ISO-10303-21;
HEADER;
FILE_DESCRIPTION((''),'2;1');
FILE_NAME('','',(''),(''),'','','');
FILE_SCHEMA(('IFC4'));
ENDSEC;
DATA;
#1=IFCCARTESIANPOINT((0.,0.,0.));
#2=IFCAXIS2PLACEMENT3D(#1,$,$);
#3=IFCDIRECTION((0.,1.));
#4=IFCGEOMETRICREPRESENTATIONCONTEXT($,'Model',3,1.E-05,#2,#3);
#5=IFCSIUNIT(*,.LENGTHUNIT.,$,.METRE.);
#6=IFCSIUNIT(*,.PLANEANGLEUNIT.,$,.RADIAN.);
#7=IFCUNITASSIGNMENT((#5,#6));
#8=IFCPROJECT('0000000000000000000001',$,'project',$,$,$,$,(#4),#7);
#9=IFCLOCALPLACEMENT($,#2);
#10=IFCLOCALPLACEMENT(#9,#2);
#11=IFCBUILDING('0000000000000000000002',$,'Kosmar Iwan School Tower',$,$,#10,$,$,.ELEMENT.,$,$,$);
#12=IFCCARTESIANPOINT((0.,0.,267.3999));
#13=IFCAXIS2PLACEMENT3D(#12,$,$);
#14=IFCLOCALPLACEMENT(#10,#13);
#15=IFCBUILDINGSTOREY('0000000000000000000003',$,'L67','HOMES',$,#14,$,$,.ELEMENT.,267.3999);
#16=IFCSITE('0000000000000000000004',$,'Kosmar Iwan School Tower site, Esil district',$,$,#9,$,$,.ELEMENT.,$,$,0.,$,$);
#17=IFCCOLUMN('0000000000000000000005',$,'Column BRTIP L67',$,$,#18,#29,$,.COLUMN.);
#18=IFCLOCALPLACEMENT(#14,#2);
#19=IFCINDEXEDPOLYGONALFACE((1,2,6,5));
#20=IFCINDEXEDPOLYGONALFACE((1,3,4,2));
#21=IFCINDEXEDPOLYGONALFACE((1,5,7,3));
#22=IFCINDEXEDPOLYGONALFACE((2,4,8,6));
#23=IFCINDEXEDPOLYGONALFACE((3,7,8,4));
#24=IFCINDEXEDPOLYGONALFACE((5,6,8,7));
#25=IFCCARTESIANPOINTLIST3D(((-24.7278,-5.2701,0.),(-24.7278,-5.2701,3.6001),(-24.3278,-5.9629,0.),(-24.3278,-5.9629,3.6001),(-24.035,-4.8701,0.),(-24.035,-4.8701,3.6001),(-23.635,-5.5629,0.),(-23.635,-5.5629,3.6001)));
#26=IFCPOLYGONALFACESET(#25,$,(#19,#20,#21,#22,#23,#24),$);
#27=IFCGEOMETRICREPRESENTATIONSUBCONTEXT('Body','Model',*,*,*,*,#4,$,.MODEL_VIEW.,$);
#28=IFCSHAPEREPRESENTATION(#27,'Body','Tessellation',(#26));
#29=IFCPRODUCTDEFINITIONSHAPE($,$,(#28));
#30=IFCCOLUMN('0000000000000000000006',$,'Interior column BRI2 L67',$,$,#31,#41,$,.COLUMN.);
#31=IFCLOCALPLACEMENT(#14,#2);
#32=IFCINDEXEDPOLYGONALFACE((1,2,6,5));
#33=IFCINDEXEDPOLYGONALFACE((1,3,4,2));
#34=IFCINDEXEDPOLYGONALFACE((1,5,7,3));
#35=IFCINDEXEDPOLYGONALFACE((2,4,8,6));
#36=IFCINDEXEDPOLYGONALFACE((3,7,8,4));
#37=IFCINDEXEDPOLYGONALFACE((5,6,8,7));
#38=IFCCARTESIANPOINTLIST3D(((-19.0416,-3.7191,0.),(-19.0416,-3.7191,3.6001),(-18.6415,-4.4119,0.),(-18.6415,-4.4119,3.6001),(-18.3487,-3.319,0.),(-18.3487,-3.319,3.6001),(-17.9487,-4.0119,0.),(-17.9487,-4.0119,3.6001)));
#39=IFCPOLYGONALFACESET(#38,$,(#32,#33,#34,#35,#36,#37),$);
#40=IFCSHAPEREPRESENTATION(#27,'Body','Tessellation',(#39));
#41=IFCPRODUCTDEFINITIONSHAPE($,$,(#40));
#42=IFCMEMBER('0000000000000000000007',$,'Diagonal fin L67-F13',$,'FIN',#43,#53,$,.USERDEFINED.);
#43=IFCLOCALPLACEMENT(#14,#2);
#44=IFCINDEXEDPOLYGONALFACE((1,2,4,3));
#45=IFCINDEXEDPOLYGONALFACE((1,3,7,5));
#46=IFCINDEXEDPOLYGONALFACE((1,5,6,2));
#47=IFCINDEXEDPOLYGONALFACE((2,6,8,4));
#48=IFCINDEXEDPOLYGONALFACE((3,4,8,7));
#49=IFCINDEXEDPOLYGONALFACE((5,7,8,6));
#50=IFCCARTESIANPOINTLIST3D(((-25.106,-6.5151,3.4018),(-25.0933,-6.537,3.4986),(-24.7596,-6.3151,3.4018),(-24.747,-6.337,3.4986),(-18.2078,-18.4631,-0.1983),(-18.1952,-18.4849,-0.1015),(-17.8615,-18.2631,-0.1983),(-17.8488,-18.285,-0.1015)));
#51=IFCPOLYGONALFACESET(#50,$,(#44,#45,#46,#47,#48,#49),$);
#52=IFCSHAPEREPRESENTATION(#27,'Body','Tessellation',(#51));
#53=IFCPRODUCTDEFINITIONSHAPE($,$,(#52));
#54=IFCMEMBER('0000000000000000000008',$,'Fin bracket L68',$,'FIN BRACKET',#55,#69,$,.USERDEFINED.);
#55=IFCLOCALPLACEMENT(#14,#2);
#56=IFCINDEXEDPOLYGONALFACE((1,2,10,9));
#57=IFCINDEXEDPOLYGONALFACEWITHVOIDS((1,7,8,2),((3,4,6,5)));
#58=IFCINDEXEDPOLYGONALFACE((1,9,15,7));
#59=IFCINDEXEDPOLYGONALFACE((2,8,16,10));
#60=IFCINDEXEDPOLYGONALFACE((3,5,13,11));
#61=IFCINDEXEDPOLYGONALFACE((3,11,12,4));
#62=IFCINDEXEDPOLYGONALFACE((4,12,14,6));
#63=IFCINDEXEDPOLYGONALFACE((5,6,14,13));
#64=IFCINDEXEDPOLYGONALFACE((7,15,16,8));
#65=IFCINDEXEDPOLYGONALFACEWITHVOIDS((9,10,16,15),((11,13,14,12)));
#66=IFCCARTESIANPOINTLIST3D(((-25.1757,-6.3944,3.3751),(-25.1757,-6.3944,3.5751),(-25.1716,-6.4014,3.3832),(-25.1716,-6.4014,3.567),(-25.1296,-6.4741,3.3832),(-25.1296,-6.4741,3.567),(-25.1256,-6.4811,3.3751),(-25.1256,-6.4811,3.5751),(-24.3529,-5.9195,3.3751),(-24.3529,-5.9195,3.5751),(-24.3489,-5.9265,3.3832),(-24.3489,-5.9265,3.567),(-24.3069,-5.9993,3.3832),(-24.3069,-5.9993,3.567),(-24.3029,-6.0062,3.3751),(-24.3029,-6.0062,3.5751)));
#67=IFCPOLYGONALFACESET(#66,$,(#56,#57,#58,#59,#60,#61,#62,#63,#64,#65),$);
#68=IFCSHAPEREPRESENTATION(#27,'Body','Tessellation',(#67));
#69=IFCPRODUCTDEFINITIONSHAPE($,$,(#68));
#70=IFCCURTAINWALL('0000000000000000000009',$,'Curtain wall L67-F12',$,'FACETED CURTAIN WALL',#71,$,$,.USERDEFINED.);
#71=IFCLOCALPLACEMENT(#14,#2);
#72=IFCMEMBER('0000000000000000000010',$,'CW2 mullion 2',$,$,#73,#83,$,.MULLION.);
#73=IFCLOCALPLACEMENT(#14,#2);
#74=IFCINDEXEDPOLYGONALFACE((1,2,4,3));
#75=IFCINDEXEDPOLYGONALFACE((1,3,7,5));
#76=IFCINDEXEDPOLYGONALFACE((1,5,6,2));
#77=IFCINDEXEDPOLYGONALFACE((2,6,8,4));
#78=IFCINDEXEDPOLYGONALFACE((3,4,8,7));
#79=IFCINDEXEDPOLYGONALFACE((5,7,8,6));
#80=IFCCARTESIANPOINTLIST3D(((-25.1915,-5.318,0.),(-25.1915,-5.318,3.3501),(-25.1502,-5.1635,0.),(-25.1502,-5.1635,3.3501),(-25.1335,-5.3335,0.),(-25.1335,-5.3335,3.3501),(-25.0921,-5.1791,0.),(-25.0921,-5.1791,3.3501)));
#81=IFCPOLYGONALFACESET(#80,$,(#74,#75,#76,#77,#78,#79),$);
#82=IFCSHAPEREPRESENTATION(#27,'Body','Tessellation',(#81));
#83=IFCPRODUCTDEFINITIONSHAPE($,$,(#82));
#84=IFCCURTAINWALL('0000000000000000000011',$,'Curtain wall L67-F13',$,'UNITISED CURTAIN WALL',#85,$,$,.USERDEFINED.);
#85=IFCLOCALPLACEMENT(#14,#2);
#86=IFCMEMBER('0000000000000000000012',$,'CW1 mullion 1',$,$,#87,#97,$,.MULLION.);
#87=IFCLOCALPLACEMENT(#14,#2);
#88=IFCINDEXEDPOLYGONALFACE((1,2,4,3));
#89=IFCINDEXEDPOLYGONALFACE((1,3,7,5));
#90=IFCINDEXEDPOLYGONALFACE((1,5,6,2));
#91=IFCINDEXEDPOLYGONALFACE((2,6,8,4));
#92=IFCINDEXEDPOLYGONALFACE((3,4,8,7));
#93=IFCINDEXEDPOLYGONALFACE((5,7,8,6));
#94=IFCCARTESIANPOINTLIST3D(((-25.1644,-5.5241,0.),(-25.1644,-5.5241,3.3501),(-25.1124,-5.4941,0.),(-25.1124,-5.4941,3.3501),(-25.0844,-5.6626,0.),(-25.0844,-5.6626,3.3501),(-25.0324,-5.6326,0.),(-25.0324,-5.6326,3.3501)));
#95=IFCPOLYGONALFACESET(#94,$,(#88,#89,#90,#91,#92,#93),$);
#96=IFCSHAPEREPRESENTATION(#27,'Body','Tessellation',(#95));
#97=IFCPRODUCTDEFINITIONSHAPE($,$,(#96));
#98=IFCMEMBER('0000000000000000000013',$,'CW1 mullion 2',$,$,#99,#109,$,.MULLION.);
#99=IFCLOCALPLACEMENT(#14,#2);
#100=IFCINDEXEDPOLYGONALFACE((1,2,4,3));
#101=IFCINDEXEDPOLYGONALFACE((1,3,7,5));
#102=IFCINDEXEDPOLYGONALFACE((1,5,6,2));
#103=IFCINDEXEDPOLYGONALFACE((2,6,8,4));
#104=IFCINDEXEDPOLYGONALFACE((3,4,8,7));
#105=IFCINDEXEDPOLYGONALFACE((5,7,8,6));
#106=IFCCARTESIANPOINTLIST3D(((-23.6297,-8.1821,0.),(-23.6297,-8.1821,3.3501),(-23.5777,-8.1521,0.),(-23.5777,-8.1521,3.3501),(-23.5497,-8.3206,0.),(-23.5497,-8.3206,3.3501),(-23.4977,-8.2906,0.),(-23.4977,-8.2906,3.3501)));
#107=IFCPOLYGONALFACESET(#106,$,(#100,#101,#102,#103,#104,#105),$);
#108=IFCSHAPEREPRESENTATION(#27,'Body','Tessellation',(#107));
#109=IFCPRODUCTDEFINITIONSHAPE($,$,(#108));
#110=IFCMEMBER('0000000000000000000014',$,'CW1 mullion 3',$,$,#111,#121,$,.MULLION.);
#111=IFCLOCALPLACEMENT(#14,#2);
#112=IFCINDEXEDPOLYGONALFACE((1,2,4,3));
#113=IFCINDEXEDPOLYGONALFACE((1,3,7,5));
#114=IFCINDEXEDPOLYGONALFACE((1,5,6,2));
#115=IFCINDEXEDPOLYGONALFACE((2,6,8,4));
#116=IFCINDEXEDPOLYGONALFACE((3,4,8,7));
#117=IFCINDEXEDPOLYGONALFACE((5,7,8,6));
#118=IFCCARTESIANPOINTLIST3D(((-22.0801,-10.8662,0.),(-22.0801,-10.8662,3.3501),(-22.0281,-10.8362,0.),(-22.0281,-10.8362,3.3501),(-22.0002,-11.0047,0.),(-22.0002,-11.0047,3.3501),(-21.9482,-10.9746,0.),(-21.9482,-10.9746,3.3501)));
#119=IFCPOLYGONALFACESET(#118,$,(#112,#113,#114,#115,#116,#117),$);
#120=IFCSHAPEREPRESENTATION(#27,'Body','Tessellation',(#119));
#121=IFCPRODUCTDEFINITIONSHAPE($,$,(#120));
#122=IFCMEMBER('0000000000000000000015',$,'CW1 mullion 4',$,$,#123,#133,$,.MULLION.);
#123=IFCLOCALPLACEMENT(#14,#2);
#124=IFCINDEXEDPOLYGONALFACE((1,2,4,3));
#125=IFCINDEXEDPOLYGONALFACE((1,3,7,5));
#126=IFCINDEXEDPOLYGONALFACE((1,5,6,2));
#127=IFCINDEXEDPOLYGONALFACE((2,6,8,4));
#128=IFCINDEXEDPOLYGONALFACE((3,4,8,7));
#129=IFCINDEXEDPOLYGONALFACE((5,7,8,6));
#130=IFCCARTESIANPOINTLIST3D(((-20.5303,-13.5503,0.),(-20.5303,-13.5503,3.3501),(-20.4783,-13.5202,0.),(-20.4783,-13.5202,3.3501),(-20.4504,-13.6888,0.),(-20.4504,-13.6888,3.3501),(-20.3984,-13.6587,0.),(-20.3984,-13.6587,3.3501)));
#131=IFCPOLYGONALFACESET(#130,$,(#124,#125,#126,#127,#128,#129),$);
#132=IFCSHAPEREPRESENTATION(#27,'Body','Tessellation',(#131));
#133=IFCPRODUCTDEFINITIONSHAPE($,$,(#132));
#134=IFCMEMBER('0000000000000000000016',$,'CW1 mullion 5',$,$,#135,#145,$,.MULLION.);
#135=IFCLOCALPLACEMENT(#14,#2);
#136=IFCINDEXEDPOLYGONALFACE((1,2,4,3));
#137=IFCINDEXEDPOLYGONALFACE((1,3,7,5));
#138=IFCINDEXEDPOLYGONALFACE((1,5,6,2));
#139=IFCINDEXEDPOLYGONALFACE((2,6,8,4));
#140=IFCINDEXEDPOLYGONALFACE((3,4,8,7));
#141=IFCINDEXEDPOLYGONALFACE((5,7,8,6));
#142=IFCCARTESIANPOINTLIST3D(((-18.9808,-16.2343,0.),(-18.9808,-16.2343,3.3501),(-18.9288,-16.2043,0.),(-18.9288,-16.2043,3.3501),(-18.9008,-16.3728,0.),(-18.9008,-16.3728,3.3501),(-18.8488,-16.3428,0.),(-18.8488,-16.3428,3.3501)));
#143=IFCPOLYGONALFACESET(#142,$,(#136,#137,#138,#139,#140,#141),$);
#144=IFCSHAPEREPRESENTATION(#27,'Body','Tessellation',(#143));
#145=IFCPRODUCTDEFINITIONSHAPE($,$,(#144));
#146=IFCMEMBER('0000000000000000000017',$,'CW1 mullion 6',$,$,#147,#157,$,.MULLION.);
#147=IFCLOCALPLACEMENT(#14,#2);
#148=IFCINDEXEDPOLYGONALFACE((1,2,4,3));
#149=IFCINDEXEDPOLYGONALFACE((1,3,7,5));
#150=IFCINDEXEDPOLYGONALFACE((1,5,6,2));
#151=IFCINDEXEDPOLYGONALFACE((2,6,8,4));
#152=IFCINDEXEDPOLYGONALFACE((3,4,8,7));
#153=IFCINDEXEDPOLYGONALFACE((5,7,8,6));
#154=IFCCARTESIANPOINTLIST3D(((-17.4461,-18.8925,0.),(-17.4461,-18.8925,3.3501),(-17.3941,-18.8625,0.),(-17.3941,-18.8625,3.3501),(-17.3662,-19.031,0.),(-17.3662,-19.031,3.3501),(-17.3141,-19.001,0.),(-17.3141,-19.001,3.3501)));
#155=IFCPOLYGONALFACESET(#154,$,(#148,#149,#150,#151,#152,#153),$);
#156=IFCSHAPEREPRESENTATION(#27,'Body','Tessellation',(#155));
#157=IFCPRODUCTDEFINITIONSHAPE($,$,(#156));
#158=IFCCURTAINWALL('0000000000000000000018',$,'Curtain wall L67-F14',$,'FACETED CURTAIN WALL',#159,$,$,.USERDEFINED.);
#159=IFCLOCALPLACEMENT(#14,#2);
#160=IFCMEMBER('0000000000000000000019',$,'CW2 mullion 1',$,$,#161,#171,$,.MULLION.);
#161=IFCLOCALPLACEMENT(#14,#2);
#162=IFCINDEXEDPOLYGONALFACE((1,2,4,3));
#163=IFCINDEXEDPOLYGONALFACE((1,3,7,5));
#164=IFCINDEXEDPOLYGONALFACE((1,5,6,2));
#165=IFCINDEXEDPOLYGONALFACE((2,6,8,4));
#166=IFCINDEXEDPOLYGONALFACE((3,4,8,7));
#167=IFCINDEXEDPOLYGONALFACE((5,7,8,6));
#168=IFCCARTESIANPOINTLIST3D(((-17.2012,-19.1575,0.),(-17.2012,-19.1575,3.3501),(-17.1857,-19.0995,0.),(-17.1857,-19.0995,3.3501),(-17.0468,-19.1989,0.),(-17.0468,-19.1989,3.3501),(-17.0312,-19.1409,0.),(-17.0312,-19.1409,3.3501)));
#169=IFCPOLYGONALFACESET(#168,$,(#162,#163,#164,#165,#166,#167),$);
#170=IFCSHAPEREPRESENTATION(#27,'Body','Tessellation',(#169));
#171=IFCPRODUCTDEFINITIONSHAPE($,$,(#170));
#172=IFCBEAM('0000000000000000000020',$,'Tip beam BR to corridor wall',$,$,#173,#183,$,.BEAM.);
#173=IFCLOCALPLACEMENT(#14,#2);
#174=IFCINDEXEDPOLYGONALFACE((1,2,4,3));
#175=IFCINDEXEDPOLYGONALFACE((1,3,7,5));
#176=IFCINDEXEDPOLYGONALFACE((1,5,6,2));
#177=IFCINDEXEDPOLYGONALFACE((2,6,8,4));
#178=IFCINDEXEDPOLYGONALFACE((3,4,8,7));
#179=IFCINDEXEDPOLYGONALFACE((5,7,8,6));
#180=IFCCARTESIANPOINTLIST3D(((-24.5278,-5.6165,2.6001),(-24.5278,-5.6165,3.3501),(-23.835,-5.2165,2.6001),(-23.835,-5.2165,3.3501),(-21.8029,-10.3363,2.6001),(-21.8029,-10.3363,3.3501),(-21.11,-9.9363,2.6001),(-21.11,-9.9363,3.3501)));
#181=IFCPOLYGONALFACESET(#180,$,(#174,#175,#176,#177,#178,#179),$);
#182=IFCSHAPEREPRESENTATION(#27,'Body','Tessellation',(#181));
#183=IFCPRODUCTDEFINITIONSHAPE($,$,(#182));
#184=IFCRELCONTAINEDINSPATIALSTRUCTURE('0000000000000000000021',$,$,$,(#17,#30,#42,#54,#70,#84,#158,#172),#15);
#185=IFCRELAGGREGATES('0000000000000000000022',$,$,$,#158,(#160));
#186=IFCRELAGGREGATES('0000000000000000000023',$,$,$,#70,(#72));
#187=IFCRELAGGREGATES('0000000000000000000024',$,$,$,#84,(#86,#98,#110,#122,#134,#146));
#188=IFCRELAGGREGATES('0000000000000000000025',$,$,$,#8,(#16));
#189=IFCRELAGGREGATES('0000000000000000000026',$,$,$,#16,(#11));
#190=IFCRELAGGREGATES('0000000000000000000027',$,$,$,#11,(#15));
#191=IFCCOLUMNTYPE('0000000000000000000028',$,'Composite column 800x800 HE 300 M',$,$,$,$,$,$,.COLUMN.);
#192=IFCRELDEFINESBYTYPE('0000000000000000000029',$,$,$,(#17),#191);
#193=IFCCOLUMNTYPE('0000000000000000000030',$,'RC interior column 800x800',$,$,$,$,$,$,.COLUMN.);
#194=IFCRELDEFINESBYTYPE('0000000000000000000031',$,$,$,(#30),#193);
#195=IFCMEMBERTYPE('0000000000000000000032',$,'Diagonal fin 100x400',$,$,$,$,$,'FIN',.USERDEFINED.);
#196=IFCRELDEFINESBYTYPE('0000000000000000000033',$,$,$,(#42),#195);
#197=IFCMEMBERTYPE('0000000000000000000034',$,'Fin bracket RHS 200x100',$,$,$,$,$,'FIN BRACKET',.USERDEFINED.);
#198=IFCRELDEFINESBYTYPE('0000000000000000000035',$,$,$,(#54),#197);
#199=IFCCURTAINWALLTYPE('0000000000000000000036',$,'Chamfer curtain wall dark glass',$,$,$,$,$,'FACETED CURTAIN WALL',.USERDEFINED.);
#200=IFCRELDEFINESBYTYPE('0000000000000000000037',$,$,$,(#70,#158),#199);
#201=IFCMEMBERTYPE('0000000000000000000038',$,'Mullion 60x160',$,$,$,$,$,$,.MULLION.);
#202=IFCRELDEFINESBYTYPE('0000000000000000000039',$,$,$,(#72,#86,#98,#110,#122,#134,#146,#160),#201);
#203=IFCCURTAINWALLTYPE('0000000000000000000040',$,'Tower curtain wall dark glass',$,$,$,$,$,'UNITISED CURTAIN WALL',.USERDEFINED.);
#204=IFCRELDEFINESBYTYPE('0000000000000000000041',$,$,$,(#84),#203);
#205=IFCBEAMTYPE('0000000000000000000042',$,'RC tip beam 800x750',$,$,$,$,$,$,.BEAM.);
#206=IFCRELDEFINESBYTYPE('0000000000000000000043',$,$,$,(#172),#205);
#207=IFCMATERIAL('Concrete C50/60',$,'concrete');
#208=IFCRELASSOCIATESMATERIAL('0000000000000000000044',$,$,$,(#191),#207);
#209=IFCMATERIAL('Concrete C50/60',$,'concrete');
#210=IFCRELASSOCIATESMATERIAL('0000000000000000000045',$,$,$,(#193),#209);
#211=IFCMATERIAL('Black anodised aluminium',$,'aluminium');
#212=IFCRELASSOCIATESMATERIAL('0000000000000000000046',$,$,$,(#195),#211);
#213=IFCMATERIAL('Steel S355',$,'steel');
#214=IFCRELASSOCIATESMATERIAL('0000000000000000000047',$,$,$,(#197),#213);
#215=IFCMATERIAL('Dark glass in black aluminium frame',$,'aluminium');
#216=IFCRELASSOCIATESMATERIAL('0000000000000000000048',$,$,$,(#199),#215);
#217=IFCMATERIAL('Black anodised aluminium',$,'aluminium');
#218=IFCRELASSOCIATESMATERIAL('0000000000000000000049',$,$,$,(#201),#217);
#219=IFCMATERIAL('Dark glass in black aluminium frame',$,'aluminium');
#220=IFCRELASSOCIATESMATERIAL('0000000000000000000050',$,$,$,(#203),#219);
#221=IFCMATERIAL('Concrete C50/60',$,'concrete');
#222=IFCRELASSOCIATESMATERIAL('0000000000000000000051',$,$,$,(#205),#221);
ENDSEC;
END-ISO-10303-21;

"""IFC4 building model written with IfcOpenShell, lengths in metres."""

from ifc_helpers import new_model, si_unit, direction, frame, origin, origin_2d, place, context, subcontext, project, spatial, rectangle, hollow_rectangle, extrude, material, material_profile, profile_set, type_object, element, aggregate, save


model = new_model("IFC4")

# Units and contexts
model_context = context("Model", 3, precision=1e-05, world=origin(), true_north=direction((0.0, 1.0)))
body_context = subcontext(model_context, "Body", "Model", "MODEL_VIEW")
ifc_project = project(units=[si_unit("LENGTHUNIT", "METRE"), si_unit("PLANEANGLEUNIT", "RADIAN")], contexts=[model_context])

# Site, building, storey
site_placement = place(None, origin())
site = spatial("IfcSite", under=ifc_project, at=site_placement, Name="Kosmar Iwan School Tower site, Esil district", CompositionType="ELEMENT", RefElevation=0.0)
building_placement = place(site_placement, origin())
building = spatial("IfcBuilding", under=site, at=building_placement, Name="Kosmar Iwan School Tower", CompositionType="ELEMENT")
storey_placement = place(building_placement, frame((0.0, 0.0, 267.3999)))
storey = spatial("IfcBuildingStorey", under=building, at=storey_placement, Name="L67", Description="HOMES", CompositionType="ELEMENT", Elevation=267.3999)

# Columns
ifc_material_1 = material(Name="Concrete C50/60", Category="concrete")
ifc_material_profile_1 = material_profile(ifc_material_1, rectangle(XDim=0.8, YDim=0.8, at=origin_2d()), Name="RC 800x800 + HE 300 M")
ifc_profile_set_1 = profile_set([ifc_material_profile_1], Name="Concrete C50/60")
column_type_1 = type_object("IfcColumnType", Name="Composite column 800x800 HE 300 M", PredefinedType="COLUMN", material=ifc_profile_set_1)
column_1_placement = place(storey_placement, frame((-24.1814, -5.4165, 0.0), z_axis=(0.0, 0.0, 1.0), x_axis=(-0.866025, -0.5, 0.0)))
element("IfcColumn", 1, at=column_1_placement, inside=storey, type_object=column_type_1, Name="Column BRTIP L67", PredefinedType="COLUMN", context=body_context, shape_type="SweptSolid", body=[
    extrude(rectangle(XDim=0.8, YDim=0.8, at=origin_2d()), origin(), (0.0, 0.0, 1.0), 3.6001),
])
ifc_material_2 = material(Name="Concrete C50/60", Category="concrete")
ifc_material_profile_2 = material_profile(ifc_material_2, rectangle(XDim=0.8, YDim=0.8, at=origin_2d()), Name="RC 800x800")
ifc_profile_set_2 = profile_set([ifc_material_profile_2], Name="Concrete C50/60")
column_type_2 = type_object("IfcColumnType", Name="RC interior column 800x800", PredefinedType="COLUMN", material=ifc_profile_set_2)
column_2_placement = place(storey_placement, frame((-18.4951, -3.8655, 0.0), z_axis=(0.0, 0.0, 1.0), x_axis=(-0.866025, -0.5, 0.0)))
element("IfcColumn", 2, at=column_2_placement, inside=storey, type_object=column_type_2, Name="Interior column BRI2 L67", PredefinedType="COLUMN", context=body_context, shape_type="SweptSolid", body=[
    extrude(rectangle(XDim=0.8, YDim=0.8, at=origin_2d()), origin(), (0.0, 0.0, 1.0), 3.6001),
])

# Members
ifc_material_3 = material(Name="Black anodised aluminium", Category="aluminium")
ifc_material_profile_3 = material_profile(ifc_material_3, rectangle(XDim=0.1001, YDim=0.3999, at=origin_2d()), Name="FIN 100x400")
ifc_profile_set_3 = profile_set([ifc_material_profile_3], Name="Black anodised aluminium")
member_type_1 = type_object("IfcMemberType", Name="Diagonal fin 100x400", ElementType="FIN", PredefinedType="USERDEFINED", material=ifc_profile_set_3)
member_1_placement = place(storey_placement, frame((-18.0283, -18.374, -0.1499), z_axis=(-0.4838, 0.837965, 0.252491), x_axis=(0.126245, -0.218663, 0.967599)))
element("IfcMember", 3, at=member_1_placement, inside=storey, type_object=member_type_1, Name="Diagonal fin L67-F13", ObjectType="FIN", PredefinedType="USERDEFINED", context=body_context, shape_type="SweptSolid", body=[
    extrude(rectangle(XDim=0.1001, YDim=0.3999, at=origin_2d()), origin(), (0.0, 0.0, 1.0), 14.2583),
])
ifc_material_4 = material(Name="Steel S355", Category="steel")
ifc_material_profile_4 = material_profile(ifc_material_4, hollow_rectangle(XDim=0.1001, YDim=0.2, WallThickness=0.0081, at=origin_2d()), Name="RHS 200x100x8")
ifc_profile_set_4 = profile_set([ifc_material_profile_4], Name="Steel S355")
member_type_2 = type_object("IfcMemberType", Name="Fin bracket RHS 200x100", ElementType="FIN BRACKET", PredefinedType="USERDEFINED", material=ifc_profile_set_4)
member_2_placement = place(storey_placement, frame((-24.3279, -5.9629, 3.4751), z_axis=(-0.8661, -0.499871, 0.0), x_axis=(0.499871, -0.8661, 0.0)))
element("IfcMember", 4, at=member_2_placement, inside=storey, type_object=member_type_2, Name="Fin bracket L68", ObjectType="FIN BRACKET", PredefinedType="USERDEFINED", context=body_context, shape_type="SweptSolid", body=[
    extrude(hollow_rectangle(XDim=0.1001, YDim=0.2, WallThickness=0.0081, at=origin_2d()), origin(), (0.0, 0.0, 1.0), 0.95),
])

# Curtain wall, member
ifc_material_5 = material(Name="Dark glass in black aluminium frame", Category="aluminium")
curtain_wall_type_1 = type_object("IfcCurtainWallType", Name="Chamfer curtain wall dark glass", ElementType="FACETED CURTAIN WALL", PredefinedType="USERDEFINED", material=ifc_material_5)
curtain_wall_1_placement = place(storey_placement, origin())
curtain_wall_1 = element("IfcCurtainWall", 5, at=curtain_wall_1_placement, inside=storey, type_object=curtain_wall_type_1, Name="Curtain wall L67-F12", ObjectType="FACETED CURTAIN WALL", PredefinedType="USERDEFINED")
ifc_material_6 = material(Name="Black anodised aluminium", Category="aluminium")
ifc_material_profile_5 = material_profile(ifc_material_6, rectangle(XDim=0.0601, YDim=0.1599, at=origin_2d()), Name="MULLION 60x160")
ifc_profile_set_5 = profile_set([ifc_material_profile_5], Name="Black anodised aluminium")
member_type_3 = type_object("IfcMemberType", Name="Mullion 60x160", PredefinedType="MULLION", material=ifc_profile_set_5)
member_3_placement = place(storey_placement, frame((-25.1418, -5.2485, 0.0), z_axis=(0.0, 0.0, 1.0), x_axis=(0.965926, -0.258819, 0.0)))
member_3 = element("IfcMember", 6, at=member_3_placement, type_object=member_type_3, Name="CW2 mullion 2", PredefinedType="MULLION", context=body_context, shape_type="SweptSolid", body=[
    extrude(rectangle(XDim=0.0601, YDim=0.1599, at=origin_2d()), origin(), (0.0, 0.0, 1.0), 3.3501),
])

# Curtain wall, members
ifc_material_7 = material(Name="Dark glass in black aluminium frame", Category="aluminium")
curtain_wall_type_2 = type_object("IfcCurtainWallType", Name="Tower curtain wall dark glass", ElementType="UNITISED CURTAIN WALL", PredefinedType="USERDEFINED", material=ifc_material_7)
curtain_wall_2_placement = place(storey_placement, origin())
curtain_wall_2 = element("IfcCurtainWall", 7, at=curtain_wall_2_placement, inside=storey, type_object=curtain_wall_type_2, Name="Curtain wall L67-F13", ObjectType="UNITISED CURTAIN WALL", PredefinedType="USERDEFINED")
member_4_placement = place(storey_placement, frame((-25.0984, -5.5784, 0.0), z_axis=(0.0, 0.0, 1.0), x_axis=(0.866025, 0.5, 0.0)))
member_4 = element("IfcMember", 8, at=member_4_placement, type_object=member_type_3, Name="CW1 mullion 1", PredefinedType="MULLION", context=body_context, shape_type="SweptSolid", body=[
    extrude(rectangle(XDim=0.0601, YDim=0.1599, at=origin_2d()), origin(), (0.0, 0.0, 1.0), 3.3501),
])
member_5_placement = place(storey_placement, frame((-23.5637, -8.2363, 0.0), z_axis=(0.0, 0.0, 1.0), x_axis=(0.866025, 0.5, 0.0)))
member_5 = element("IfcMember", 9, at=member_5_placement, type_object=member_type_3, Name="CW1 mullion 2", PredefinedType="MULLION", context=body_context, shape_type="SweptSolid", body=[
    extrude(rectangle(XDim=0.0601, YDim=0.1599, at=origin_2d()), origin(), (0.0, 0.0, 1.0), 3.3501),
])
member_6_placement = place(storey_placement, frame((-22.0142, -10.9204, 0.0), z_axis=(0.0, 0.0, 1.0), x_axis=(0.866025, 0.5, 0.0)))
member_6 = element("IfcMember", 10, at=member_6_placement, type_object=member_type_3, Name="CW1 mullion 3", PredefinedType="MULLION", context=body_context, shape_type="SweptSolid", body=[
    extrude(rectangle(XDim=0.0601, YDim=0.1599, at=origin_2d()), origin(), (0.0, 0.0, 1.0), 3.3501),
])
member_7_placement = place(storey_placement, frame((-20.4644, -13.6045, 0.0), z_axis=(0.0, 0.0, 1.0), x_axis=(0.866025, 0.5, 0.0)))
member_7 = element("IfcMember", 11, at=member_7_placement, type_object=member_type_3, Name="CW1 mullion 4", PredefinedType="MULLION", context=body_context, shape_type="SweptSolid", body=[
    extrude(rectangle(XDim=0.0601, YDim=0.1599, at=origin_2d()), origin(), (0.0, 0.0, 1.0), 3.3501),
])
member_8_placement = place(storey_placement, frame((-18.9148, -16.2886, 0.0), z_axis=(0.0, 0.0, 1.0), x_axis=(0.866025, 0.5, 0.0)))
member_8 = element("IfcMember", 12, at=member_8_placement, type_object=member_type_3, Name="CW1 mullion 5", PredefinedType="MULLION", context=body_context, shape_type="SweptSolid", body=[
    extrude(rectangle(XDim=0.0601, YDim=0.1599, at=origin_2d()), origin(), (0.0, 0.0, 1.0), 3.3501),
])
member_9_placement = place(storey_placement, frame((-17.3801, -18.9468, 0.0), z_axis=(0.0, 0.0, 1.0), x_axis=(0.866025, 0.5, 0.0)))
member_9 = element("IfcMember", 13, at=member_9_placement, type_object=member_type_3, Name="CW1 mullion 6", PredefinedType="MULLION", context=body_context, shape_type="SweptSolid", body=[
    extrude(rectangle(XDim=0.0601, YDim=0.1599, at=origin_2d()), origin(), (0.0, 0.0, 1.0), 3.3501),
])

# Curtain wall, member
curtain_wall_3_placement = place(storey_placement, origin())
curtain_wall_3 = element("IfcCurtainWall", 14, at=curtain_wall_3_placement, inside=storey, type_object=curtain_wall_type_1, Name="Curtain wall L67-F14", ObjectType="FACETED CURTAIN WALL", PredefinedType="USERDEFINED")
member_10_placement = place(storey_placement, frame((-17.1162, -19.1492, 0.0), z_axis=(0.0, 0.0, 1.0), x_axis=(0.258819, 0.965926, 0.0)))
member_10 = element("IfcMember", 15, at=member_10_placement, type_object=member_type_3, Name="CW2 mullion 1", PredefinedType="MULLION", context=body_context, shape_type="SweptSolid", body=[
    extrude(rectangle(XDim=0.0601, YDim=0.1599, at=origin_2d()), origin(), (0.0, 0.0, 1.0), 3.3501),
])
aggregate(curtain_wall_3, [member_10])

# Beam
ifc_material_8 = material(Name="Concrete C50/60", Category="concrete")
ifc_material_profile_6 = material_profile(ifc_material_8, rectangle(XDim=0.8, YDim=0.75, at=origin_2d()), Name="RC 800x750")
ifc_profile_set_6 = profile_set([ifc_material_profile_6], Name="Concrete C50/60")
beam_type = type_object("IfcBeamType", Name="RC tip beam 800x750", PredefinedType="BEAM", material=ifc_profile_set_6)
beam_placement = place(storey_placement, frame((-24.1814, -5.4165, 2.9751), z_axis=(0.499989, -0.866032, 0.0), x_axis=(0.866032, 0.499989, 0.0)))
element("IfcBeam", 16, at=beam_placement, inside=storey, type_object=beam_type, Name="Tip beam BR to corridor wall", PredefinedType="BEAM", context=body_context, shape_type="SweptSolid", body=[
    extrude(rectangle(XDim=0.8, YDim=0.75, at=origin_2d()), origin(), (0.0, 0.0, 1.0), 5.45),
])

aggregate(curtain_wall_1, [member_3])
aggregate(curtain_wall_2, [member_4, member_5, member_6, member_7, member_8, member_9])

save(model, "model.ifc")
